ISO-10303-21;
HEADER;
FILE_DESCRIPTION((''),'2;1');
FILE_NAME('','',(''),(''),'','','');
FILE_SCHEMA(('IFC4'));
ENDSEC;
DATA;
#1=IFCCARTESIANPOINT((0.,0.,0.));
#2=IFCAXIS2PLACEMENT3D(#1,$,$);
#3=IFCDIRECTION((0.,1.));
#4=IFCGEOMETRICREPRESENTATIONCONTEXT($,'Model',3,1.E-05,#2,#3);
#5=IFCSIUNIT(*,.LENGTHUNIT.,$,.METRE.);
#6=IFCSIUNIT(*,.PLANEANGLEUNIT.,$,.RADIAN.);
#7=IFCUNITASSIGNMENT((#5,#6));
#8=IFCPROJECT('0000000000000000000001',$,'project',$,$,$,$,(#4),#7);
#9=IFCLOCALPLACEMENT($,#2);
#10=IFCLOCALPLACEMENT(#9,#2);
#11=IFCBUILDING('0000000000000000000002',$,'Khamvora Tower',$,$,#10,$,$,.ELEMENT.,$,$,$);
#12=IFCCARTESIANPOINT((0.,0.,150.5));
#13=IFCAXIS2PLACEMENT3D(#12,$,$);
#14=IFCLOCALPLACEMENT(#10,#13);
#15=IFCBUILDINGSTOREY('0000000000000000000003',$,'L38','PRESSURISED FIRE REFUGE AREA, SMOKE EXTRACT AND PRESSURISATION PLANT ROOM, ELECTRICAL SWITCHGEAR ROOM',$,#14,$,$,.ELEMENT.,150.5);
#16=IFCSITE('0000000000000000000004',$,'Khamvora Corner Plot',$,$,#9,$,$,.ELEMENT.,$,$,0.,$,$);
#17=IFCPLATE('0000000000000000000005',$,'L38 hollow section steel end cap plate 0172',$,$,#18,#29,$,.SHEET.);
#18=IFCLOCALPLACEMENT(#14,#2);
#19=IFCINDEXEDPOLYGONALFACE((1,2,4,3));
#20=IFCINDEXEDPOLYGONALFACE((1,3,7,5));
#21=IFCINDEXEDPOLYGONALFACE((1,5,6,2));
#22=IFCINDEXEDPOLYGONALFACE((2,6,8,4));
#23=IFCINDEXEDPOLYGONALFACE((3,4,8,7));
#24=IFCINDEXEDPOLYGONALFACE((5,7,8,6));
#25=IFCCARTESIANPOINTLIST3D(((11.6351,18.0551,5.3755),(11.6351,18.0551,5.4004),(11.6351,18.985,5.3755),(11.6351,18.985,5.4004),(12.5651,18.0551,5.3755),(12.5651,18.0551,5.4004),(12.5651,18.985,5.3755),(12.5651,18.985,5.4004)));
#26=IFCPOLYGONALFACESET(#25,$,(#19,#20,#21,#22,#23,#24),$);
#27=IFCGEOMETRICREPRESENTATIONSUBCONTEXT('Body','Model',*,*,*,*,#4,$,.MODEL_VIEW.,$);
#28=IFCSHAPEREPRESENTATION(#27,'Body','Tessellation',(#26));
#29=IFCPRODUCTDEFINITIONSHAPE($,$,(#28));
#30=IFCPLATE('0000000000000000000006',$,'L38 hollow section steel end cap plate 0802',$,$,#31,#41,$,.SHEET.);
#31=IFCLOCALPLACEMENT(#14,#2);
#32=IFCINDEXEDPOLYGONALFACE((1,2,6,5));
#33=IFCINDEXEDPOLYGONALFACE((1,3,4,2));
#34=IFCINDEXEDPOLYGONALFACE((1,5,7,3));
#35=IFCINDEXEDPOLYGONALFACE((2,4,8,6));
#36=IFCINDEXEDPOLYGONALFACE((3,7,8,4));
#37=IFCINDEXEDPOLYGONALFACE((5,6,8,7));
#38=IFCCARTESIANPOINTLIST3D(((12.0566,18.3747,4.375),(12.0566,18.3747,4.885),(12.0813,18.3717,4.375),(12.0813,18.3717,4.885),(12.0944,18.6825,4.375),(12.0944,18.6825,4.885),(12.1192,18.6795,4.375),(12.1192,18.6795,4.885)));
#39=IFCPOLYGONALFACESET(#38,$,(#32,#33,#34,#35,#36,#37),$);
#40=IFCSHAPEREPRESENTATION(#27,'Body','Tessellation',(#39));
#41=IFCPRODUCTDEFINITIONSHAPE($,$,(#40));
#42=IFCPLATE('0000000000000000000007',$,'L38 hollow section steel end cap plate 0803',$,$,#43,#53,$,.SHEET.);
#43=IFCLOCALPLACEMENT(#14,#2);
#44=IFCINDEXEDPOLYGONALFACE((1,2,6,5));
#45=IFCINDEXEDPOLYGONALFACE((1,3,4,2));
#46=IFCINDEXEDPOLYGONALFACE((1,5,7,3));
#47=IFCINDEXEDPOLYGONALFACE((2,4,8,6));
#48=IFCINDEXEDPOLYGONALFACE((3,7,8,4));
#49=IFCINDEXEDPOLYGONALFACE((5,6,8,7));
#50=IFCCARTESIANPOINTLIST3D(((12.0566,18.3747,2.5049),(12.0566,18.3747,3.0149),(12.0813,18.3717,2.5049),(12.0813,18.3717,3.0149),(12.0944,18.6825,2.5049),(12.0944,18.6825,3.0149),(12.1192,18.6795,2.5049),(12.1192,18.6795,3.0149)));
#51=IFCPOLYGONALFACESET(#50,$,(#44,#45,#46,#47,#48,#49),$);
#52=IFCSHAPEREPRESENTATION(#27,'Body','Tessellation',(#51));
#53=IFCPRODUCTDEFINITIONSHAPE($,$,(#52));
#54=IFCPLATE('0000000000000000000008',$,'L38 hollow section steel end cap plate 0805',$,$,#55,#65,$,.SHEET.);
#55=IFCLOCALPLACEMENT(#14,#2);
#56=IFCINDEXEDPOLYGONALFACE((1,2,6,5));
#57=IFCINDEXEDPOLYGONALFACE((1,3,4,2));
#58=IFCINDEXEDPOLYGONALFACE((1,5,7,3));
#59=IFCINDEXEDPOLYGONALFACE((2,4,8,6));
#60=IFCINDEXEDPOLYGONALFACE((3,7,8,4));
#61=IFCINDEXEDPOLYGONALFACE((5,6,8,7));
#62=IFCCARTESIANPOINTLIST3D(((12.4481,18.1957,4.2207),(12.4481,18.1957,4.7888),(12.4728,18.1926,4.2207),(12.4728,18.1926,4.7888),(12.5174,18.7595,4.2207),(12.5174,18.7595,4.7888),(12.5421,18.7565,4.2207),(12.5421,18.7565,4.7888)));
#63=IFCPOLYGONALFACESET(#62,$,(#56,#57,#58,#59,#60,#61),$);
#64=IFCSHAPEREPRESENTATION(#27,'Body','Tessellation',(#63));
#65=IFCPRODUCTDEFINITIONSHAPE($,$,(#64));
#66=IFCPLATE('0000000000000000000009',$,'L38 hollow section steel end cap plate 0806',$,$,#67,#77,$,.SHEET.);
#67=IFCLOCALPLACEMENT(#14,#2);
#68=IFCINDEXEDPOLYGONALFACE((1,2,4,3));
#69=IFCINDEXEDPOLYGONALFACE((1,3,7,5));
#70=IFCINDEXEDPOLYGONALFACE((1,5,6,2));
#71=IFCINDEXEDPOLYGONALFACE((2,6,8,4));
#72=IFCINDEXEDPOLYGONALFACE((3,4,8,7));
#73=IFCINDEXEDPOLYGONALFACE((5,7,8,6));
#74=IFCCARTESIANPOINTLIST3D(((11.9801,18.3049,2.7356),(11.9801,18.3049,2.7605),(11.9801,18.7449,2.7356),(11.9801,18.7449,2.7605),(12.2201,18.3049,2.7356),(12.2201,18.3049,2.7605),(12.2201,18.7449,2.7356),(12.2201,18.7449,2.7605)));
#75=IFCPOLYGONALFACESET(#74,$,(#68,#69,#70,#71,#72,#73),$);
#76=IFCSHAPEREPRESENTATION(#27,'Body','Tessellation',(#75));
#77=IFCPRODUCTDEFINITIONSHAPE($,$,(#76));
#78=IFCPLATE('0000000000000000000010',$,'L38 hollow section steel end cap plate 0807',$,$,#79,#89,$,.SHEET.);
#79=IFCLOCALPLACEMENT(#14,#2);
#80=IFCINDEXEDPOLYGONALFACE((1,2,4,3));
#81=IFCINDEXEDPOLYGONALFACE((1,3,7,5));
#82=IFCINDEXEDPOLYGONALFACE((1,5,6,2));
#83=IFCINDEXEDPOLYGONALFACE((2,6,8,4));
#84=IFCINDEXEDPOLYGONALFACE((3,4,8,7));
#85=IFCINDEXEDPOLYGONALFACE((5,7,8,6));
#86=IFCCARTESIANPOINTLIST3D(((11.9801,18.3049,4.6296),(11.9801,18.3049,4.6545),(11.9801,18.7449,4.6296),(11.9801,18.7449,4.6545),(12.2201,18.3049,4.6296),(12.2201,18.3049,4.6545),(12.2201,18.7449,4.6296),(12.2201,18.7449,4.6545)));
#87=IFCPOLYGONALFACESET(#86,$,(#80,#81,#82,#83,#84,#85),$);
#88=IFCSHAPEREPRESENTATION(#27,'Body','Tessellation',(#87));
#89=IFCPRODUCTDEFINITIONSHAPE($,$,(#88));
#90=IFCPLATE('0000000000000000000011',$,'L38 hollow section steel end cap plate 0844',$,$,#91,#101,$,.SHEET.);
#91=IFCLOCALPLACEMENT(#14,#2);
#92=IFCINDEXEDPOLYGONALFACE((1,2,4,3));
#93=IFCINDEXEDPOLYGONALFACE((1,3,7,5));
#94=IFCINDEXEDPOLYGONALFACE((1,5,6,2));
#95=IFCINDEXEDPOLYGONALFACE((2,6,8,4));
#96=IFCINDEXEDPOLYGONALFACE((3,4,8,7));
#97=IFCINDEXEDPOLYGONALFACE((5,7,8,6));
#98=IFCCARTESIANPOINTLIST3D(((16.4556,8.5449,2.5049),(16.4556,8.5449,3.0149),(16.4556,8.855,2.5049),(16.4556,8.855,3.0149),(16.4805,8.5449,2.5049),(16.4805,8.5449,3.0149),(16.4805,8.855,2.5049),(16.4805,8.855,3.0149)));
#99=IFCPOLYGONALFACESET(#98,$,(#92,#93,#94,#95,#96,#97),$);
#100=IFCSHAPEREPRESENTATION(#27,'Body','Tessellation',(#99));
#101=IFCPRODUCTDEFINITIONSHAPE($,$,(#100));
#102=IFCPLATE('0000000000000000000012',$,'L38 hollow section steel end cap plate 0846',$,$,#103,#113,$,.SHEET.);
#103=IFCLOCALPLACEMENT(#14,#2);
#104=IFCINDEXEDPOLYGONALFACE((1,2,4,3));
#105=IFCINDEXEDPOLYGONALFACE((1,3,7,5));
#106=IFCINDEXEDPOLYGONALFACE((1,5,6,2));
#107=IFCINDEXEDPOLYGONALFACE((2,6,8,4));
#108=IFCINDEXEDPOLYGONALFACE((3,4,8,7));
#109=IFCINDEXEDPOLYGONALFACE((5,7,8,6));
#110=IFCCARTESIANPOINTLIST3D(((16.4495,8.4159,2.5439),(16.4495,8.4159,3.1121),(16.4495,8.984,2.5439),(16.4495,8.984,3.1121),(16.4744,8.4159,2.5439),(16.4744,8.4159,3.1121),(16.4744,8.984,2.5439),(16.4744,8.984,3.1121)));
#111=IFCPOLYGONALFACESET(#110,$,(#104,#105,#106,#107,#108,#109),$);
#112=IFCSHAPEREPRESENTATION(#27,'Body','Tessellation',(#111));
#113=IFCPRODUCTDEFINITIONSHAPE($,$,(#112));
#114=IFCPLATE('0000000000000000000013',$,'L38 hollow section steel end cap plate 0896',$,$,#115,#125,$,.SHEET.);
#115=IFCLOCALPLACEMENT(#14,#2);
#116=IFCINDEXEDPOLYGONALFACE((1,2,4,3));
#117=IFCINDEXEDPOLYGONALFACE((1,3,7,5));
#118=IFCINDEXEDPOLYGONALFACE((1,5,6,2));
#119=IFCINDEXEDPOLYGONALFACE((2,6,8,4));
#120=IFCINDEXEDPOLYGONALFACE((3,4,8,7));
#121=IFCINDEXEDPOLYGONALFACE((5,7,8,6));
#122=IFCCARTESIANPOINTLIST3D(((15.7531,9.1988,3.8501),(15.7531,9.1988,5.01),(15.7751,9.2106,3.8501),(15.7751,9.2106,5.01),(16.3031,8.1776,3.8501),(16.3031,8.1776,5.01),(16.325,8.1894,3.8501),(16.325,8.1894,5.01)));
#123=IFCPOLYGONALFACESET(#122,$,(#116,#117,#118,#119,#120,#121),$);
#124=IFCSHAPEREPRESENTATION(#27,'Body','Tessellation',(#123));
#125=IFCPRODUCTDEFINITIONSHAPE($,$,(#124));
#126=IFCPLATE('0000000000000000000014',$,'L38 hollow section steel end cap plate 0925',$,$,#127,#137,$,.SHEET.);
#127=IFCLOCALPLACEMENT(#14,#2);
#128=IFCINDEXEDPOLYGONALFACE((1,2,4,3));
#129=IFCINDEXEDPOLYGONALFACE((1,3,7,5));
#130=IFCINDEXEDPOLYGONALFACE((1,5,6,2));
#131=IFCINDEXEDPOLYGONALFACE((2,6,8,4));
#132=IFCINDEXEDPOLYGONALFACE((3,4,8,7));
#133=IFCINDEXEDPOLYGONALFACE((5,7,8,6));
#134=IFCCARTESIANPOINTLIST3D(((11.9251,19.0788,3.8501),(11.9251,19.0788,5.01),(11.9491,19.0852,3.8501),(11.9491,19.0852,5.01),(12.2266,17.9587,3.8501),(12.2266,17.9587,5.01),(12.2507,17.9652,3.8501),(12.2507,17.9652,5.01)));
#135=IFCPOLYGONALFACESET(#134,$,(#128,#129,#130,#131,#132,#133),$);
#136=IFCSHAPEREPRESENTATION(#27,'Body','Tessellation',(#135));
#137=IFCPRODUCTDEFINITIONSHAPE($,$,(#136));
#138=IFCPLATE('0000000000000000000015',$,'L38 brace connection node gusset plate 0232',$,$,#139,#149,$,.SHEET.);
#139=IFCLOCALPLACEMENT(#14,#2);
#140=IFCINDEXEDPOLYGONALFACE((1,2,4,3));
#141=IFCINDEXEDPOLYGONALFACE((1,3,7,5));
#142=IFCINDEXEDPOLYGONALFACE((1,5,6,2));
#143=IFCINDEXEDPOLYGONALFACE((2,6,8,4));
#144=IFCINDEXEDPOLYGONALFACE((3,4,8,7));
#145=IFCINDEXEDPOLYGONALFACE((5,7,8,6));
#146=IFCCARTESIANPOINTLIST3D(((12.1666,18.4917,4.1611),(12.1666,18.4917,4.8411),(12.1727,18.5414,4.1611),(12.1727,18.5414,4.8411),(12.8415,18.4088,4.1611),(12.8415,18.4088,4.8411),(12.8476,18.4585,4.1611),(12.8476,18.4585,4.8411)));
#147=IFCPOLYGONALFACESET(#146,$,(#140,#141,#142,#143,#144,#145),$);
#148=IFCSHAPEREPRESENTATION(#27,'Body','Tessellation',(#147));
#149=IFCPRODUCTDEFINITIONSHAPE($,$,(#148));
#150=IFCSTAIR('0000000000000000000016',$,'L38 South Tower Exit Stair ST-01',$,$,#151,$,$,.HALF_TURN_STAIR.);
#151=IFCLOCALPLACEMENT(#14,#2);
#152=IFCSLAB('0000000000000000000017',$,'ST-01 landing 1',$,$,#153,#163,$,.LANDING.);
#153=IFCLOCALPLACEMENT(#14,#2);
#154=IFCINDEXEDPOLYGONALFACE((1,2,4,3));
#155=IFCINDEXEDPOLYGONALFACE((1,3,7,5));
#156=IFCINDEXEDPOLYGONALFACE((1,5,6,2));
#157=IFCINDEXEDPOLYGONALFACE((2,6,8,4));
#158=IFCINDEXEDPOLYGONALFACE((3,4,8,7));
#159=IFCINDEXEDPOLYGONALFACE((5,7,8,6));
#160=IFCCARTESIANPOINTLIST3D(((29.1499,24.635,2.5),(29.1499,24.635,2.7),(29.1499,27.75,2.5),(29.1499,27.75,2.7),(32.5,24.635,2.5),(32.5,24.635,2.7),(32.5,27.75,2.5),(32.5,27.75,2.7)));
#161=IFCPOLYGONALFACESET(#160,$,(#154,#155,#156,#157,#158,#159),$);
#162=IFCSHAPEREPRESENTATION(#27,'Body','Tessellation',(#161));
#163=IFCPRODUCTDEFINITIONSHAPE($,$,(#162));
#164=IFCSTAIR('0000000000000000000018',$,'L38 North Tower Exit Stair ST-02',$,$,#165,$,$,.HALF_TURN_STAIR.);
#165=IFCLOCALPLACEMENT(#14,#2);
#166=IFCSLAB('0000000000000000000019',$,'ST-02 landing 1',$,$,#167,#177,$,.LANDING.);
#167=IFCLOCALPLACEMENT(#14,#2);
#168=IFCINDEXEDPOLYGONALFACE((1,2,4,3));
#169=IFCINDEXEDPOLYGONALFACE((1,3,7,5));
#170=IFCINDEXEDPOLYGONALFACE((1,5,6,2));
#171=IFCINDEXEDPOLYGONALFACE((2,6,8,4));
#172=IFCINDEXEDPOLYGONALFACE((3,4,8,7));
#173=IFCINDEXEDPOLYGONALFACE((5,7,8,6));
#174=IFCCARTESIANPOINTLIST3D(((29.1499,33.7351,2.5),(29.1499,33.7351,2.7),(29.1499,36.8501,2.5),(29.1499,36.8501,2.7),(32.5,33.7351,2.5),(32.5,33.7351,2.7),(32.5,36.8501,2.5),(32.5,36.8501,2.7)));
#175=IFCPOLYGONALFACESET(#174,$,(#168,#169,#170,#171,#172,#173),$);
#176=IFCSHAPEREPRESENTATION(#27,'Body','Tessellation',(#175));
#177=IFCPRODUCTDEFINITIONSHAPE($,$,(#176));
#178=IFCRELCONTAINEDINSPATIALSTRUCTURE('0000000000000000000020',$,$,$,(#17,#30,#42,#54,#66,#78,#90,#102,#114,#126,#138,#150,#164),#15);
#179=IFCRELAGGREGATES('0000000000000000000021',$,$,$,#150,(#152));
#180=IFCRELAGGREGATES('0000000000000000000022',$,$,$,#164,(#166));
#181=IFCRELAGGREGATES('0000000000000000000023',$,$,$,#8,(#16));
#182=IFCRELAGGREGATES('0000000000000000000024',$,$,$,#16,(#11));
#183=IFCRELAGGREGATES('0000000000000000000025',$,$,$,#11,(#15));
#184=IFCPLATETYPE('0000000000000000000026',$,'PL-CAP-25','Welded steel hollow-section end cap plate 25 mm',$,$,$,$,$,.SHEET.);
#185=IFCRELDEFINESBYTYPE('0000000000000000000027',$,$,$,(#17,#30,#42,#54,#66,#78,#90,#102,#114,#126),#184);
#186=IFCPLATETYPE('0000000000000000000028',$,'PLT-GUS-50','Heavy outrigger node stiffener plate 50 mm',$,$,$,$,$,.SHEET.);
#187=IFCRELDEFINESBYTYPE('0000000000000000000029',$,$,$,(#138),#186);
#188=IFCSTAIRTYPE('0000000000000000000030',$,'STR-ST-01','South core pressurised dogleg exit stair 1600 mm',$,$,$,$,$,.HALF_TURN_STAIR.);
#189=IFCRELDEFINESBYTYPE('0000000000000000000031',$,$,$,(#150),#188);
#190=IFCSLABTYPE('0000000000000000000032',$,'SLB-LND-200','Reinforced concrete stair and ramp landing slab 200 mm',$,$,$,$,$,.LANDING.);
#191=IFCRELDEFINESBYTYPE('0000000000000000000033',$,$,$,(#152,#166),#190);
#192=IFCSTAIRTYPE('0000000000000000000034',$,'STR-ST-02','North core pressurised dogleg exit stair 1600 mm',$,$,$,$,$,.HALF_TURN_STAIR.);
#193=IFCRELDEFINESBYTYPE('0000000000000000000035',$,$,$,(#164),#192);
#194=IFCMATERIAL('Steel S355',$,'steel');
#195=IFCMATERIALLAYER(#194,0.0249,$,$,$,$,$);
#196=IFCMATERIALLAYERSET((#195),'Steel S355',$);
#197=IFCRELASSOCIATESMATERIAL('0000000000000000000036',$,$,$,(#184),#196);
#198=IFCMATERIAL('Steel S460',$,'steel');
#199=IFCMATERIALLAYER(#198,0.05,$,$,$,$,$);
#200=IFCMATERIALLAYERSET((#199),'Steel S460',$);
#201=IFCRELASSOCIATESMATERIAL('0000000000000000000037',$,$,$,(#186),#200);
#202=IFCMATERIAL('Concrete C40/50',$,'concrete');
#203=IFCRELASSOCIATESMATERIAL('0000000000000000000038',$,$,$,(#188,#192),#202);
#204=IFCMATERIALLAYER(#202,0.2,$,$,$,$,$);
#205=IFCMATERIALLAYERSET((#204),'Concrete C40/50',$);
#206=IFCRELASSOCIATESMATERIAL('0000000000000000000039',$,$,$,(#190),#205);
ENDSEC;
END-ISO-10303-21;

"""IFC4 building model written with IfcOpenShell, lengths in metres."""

from ifc_helpers import new_model, si_unit, direction, frame, origin, origin_2d, place, context, subcontext, project, spatial, polyline, rectangle, outline, extrude, material, layer, layer_set, type_object, element, aggregate, save


model = new_model("IFC4")

# Units and contexts
model_context = context("Model", 3, precision=1e-05, world=origin(), true_north=direction((0.0, 1.0)))
body_context = subcontext(model_context, "Body", "Model", "MODEL_VIEW")
ifc_project = project(units=[si_unit("LENGTHUNIT", "METRE"), si_unit("PLANEANGLEUNIT", "RADIAN")], contexts=[model_context])

# Site, building, storey
site_placement = place(None, origin())
site = spatial("IfcSite", under=ifc_project, at=site_placement, Name="Khamvora Corner Plot", CompositionType="ELEMENT", RefElevation=0.0)
building_placement = place(site_placement, origin())
building = spatial("IfcBuilding", under=site, at=building_placement, Name="Khamvora Tower", CompositionType="ELEMENT")
storey_placement = place(building_placement, frame((0.0, 0.0, 150.5)))
storey = spatial("IfcBuildingStorey", under=building, at=storey_placement, Name="L38", Description="PRESSURISED FIRE REFUGE AREA, SMOKE EXTRACT AND PRESSURISATION PLANT ROOM, ELECTRICAL SWITCHGEAR ROOM", CompositionType="ELEMENT", Elevation=150.5)

# Shared definitions
ifc_material_1 = material(Name="Steel S355", Category="steel")

# Shared definitions
ifc_material_2 = material(Name="Steel S460", Category="steel")

# Plates
ifc_layer_1 = layer(ifc_material_1, 0.0249)
ifc_layer_set_1 = layer_set([ifc_layer_1], Name="Steel S355")
plate_type_1 = type_object("IfcPlateType", Name="PL-CAP-25", Description="Welded steel hollow-section end cap plate 25 mm", PredefinedType="SHEET", material=ifc_layer_set_1)
for number, where, z_axis, x_axis, name in (
    (1, (12.1001, 18.52, 5.3755), (0.0, 0.0, 1.0), (1.0, 0.0, 0.0), "L38 hollow section steel end cap plate 0172"),
):
    element("IfcPlate", number, at=place(storey_placement, frame(where, z_axis=z_axis, x_axis=x_axis)), inside=storey, type_object=plate_type_1, Name=name, PredefinedType="SHEET", context=body_context, shape_type="SweptSolid", body=[
        extrude(rectangle(XDim=0.9299, YDim=0.9299, at=origin_2d()), origin(), (0.0, 0.0, 1.0), 0.0249),
    ])
for number, where, z_axis, x_axis, name in (
    (2, (12.0879, 18.5271, 4.375), (0.0, 0.0, 1.0), (-0.992536, 0.121956, 0.0), "L38 hollow section steel end cap plate 0802"),
    (3, (12.0879, 18.5271, 2.5049), (0.0, 0.0, 1.0), (-0.992536, 0.121956, 0.0), "L38 hollow section steel end cap plate 0803"),
):
    element("IfcPlate", number, at=place(storey_placement, frame(where, z_axis=z_axis, x_axis=x_axis)), inside=storey, type_object=plate_type_1, Name=name, PredefinedType="SHEET", context=body_context, shape_type="SweptSolid", body=[
        extrude(rectangle(XDim=0.0249, YDim=0.3101, at=origin_2d()), origin(), (0.0, 0.0, 1.0), 0.51),
    ])
plate_1_placement = place(storey_placement, frame((12.4951, 18.4761, 4.2207), z_axis=(0.0, 0.0, 1.0), x_axis=(-0.992533, 0.121973, 0.0)))
element("IfcPlate", 4, at=plate_1_placement, inside=storey, type_object=plate_type_1, Name="L38 hollow section steel end cap plate 0805", PredefinedType="SHEET", context=body_context, shape_type="SweptSolid", body=[
    extrude(rectangle(XDim=0.0249, YDim=0.5681, at=origin_2d()), origin(), (0.0, 0.0, 1.0), 0.5681),
])
for number, where, z_axis, x_axis, name in (
    (5, (12.1001, 18.5249, 2.7356), (0.0, 0.0, 1.0), (1.0, 0.0, 0.0), "L38 hollow section steel end cap plate 0806"),
    (6, (12.1001, 18.5249, 4.6296), (0.0, 0.0, 1.0), (1.0, 0.0, 0.0), "L38 hollow section steel end cap plate 0807"),
):
    element("IfcPlate", number, at=place(storey_placement, frame(where, z_axis=z_axis, x_axis=x_axis)), inside=storey, type_object=plate_type_1, Name=name, PredefinedType="SHEET", context=body_context, shape_type="SweptSolid", body=[
        extrude(rectangle(XDim=0.24, YDim=0.4399, at=origin_2d()), origin(), (0.0, 0.0, 1.0), 0.0249),
    ])
plate_2_placement = place(storey_placement, frame((16.468, 8.7, 2.5049), z_axis=(0.0, 0.0, 1.0), x_axis=(1.0, 0.0, 0.0)))
element("IfcPlate", 7, at=plate_2_placement, inside=storey, type_object=plate_type_1, Name="L38 hollow section steel end cap plate 0844", PredefinedType="SHEET", context=body_context, shape_type="SweptSolid", body=[
    extrude(rectangle(XDim=0.0249, YDim=0.3101, at=origin_2d()), origin(), (0.0, 0.0, 1.0), 0.51),
])
plate_3_placement = place(storey_placement, frame((16.4619, 8.7, 2.5439), z_axis=(0.0, 0.0, 1.0), x_axis=(1.0, 0.0, 0.0)))
element("IfcPlate", 8, at=plate_3_placement, inside=storey, type_object=plate_type_1, Name="L38 hollow section steel end cap plate 0846", PredefinedType="SHEET", context=body_context, shape_type="SweptSolid", body=[
    extrude(rectangle(XDim=0.0249, YDim=0.5681, at=origin_2d()), origin(), (0.0, 0.0, 1.0), 0.5681),
])
for number, where, z_axis, x_axis, name in (
    (9, (16.0391, 8.6941, 3.8501), (0.0, 0.0, 1.0), (0.880469, 0.474104, 0.0), "L38 hollow section steel end cap plate 0896"),
    (10, (12.0879, 18.522, 3.8501), (0.0, 0.0, 1.0), (0.965618, 0.259965, 0.0), "L38 hollow section steel end cap plate 0925"),
):
    element("IfcPlate", number, at=place(storey_placement, frame(where, z_axis=z_axis, x_axis=x_axis)), inside=storey, type_object=plate_type_1, Name=name, PredefinedType="SHEET", context=body_context, shape_type="SweptSolid", body=[
        extrude(rectangle(XDim=0.0249, YDim=1.1599, at=origin_2d()), origin(), (0.0, 0.0, 1.0), 1.1599),
    ])
ifc_layer_2 = layer(ifc_material_2, 0.05)
ifc_layer_set_2 = layer_set([ifc_layer_2], Name="Steel S460")
plate_type_2 = type_object("IfcPlateType", Name="PLT-GUS-50", Description="Heavy outrigger node stiffener plate 50 mm", PredefinedType="SHEET", material=ifc_layer_set_2)
plate_4_placement = place(storey_placement, frame((12.5071, 18.4751, 4.1611), z_axis=(0.0, 0.0, 1.0), x_axis=(-0.992536, 0.121956, 0.0)))
element("IfcPlate", 11, at=plate_4_placement, inside=storey, type_object=plate_type_2, Name="L38 brace connection node gusset plate 0232", PredefinedType="SHEET", context=body_context, shape_type="SweptSolid", body=[
    extrude(rectangle(XDim=0.6799, YDim=0.05, at=origin_2d()), origin(), (0.0, 0.0, 1.0), 0.6799),
])

# Stairs, slabs
ifc_material_3 = material(Name="Concrete C40/50", Category="concrete")
stair_type_1 = type_object("IfcStairType", Name="STR-ST-01", Description="South core pressurised dogleg exit stair 1600 mm", PredefinedType="HALF_TURN_STAIR", material=ifc_material_3)
stair_1_placement = place(storey_placement, origin())
stair_1 = element("IfcStair", 12, at=stair_1_placement, inside=storey, type_object=stair_type_1, Name="L38 South Tower Exit Stair ST-01", PredefinedType="HALF_TURN_STAIR")
ifc_layer_3 = layer(ifc_material_3, 0.2)
ifc_layer_set_3 = layer_set([ifc_layer_3], Name="Concrete C40/50")
slab_type_1 = type_object("IfcSlabType", Name="SLB-LND-200", Description="Reinforced concrete stair and ramp landing slab 200 mm", PredefinedType="LANDING", material=ifc_layer_set_3)
slab_1_placement = place(storey_placement, frame((0.0, 0.0, 2.5)))
slab_1 = element("IfcSlab", 13, at=slab_1_placement, type_object=slab_type_1, Name="ST-01 landing 1", PredefinedType="LANDING", context=body_context, shape_type="SweptSolid", body=[
    extrude(outline(polyline([(32.5, 24.635), (32.5, 27.75), (29.1499, 27.75), (29.1499, 24.635), (32.5, 24.635)])), origin(), (0.0, 0.0, 1.0), 0.2),
])
aggregate(stair_1, [slab_1])
stair_type_2 = type_object("IfcStairType", Name="STR-ST-02", Description="North core pressurised dogleg exit stair 1600 mm", PredefinedType="HALF_TURN_STAIR", material=ifc_material_3)
stair_2_placement = place(storey_placement, origin())
stair_2 = element("IfcStair", 14, at=stair_2_placement, inside=storey, type_object=stair_type_2, Name="L38 North Tower Exit Stair ST-02", PredefinedType="HALF_TURN_STAIR")
slab_2_placement = place(storey_placement, frame((0.0, 0.0, 2.5)))
slab_2 = element("IfcSlab", 15, at=slab_2_placement, type_object=slab_type_1, Name="ST-02 landing 1", PredefinedType="LANDING", context=body_context, shape_type="SweptSolid", body=[
    extrude(outline(polyline([(32.5, 33.7351), (32.5, 36.8501), (29.1499, 36.8501), (29.1499, 33.7351), (32.5, 33.7351)])), origin(), (0.0, 0.0, 1.0), 0.2),
])
aggregate(stair_2, [slab_2])

save(model, "model.ifc")
